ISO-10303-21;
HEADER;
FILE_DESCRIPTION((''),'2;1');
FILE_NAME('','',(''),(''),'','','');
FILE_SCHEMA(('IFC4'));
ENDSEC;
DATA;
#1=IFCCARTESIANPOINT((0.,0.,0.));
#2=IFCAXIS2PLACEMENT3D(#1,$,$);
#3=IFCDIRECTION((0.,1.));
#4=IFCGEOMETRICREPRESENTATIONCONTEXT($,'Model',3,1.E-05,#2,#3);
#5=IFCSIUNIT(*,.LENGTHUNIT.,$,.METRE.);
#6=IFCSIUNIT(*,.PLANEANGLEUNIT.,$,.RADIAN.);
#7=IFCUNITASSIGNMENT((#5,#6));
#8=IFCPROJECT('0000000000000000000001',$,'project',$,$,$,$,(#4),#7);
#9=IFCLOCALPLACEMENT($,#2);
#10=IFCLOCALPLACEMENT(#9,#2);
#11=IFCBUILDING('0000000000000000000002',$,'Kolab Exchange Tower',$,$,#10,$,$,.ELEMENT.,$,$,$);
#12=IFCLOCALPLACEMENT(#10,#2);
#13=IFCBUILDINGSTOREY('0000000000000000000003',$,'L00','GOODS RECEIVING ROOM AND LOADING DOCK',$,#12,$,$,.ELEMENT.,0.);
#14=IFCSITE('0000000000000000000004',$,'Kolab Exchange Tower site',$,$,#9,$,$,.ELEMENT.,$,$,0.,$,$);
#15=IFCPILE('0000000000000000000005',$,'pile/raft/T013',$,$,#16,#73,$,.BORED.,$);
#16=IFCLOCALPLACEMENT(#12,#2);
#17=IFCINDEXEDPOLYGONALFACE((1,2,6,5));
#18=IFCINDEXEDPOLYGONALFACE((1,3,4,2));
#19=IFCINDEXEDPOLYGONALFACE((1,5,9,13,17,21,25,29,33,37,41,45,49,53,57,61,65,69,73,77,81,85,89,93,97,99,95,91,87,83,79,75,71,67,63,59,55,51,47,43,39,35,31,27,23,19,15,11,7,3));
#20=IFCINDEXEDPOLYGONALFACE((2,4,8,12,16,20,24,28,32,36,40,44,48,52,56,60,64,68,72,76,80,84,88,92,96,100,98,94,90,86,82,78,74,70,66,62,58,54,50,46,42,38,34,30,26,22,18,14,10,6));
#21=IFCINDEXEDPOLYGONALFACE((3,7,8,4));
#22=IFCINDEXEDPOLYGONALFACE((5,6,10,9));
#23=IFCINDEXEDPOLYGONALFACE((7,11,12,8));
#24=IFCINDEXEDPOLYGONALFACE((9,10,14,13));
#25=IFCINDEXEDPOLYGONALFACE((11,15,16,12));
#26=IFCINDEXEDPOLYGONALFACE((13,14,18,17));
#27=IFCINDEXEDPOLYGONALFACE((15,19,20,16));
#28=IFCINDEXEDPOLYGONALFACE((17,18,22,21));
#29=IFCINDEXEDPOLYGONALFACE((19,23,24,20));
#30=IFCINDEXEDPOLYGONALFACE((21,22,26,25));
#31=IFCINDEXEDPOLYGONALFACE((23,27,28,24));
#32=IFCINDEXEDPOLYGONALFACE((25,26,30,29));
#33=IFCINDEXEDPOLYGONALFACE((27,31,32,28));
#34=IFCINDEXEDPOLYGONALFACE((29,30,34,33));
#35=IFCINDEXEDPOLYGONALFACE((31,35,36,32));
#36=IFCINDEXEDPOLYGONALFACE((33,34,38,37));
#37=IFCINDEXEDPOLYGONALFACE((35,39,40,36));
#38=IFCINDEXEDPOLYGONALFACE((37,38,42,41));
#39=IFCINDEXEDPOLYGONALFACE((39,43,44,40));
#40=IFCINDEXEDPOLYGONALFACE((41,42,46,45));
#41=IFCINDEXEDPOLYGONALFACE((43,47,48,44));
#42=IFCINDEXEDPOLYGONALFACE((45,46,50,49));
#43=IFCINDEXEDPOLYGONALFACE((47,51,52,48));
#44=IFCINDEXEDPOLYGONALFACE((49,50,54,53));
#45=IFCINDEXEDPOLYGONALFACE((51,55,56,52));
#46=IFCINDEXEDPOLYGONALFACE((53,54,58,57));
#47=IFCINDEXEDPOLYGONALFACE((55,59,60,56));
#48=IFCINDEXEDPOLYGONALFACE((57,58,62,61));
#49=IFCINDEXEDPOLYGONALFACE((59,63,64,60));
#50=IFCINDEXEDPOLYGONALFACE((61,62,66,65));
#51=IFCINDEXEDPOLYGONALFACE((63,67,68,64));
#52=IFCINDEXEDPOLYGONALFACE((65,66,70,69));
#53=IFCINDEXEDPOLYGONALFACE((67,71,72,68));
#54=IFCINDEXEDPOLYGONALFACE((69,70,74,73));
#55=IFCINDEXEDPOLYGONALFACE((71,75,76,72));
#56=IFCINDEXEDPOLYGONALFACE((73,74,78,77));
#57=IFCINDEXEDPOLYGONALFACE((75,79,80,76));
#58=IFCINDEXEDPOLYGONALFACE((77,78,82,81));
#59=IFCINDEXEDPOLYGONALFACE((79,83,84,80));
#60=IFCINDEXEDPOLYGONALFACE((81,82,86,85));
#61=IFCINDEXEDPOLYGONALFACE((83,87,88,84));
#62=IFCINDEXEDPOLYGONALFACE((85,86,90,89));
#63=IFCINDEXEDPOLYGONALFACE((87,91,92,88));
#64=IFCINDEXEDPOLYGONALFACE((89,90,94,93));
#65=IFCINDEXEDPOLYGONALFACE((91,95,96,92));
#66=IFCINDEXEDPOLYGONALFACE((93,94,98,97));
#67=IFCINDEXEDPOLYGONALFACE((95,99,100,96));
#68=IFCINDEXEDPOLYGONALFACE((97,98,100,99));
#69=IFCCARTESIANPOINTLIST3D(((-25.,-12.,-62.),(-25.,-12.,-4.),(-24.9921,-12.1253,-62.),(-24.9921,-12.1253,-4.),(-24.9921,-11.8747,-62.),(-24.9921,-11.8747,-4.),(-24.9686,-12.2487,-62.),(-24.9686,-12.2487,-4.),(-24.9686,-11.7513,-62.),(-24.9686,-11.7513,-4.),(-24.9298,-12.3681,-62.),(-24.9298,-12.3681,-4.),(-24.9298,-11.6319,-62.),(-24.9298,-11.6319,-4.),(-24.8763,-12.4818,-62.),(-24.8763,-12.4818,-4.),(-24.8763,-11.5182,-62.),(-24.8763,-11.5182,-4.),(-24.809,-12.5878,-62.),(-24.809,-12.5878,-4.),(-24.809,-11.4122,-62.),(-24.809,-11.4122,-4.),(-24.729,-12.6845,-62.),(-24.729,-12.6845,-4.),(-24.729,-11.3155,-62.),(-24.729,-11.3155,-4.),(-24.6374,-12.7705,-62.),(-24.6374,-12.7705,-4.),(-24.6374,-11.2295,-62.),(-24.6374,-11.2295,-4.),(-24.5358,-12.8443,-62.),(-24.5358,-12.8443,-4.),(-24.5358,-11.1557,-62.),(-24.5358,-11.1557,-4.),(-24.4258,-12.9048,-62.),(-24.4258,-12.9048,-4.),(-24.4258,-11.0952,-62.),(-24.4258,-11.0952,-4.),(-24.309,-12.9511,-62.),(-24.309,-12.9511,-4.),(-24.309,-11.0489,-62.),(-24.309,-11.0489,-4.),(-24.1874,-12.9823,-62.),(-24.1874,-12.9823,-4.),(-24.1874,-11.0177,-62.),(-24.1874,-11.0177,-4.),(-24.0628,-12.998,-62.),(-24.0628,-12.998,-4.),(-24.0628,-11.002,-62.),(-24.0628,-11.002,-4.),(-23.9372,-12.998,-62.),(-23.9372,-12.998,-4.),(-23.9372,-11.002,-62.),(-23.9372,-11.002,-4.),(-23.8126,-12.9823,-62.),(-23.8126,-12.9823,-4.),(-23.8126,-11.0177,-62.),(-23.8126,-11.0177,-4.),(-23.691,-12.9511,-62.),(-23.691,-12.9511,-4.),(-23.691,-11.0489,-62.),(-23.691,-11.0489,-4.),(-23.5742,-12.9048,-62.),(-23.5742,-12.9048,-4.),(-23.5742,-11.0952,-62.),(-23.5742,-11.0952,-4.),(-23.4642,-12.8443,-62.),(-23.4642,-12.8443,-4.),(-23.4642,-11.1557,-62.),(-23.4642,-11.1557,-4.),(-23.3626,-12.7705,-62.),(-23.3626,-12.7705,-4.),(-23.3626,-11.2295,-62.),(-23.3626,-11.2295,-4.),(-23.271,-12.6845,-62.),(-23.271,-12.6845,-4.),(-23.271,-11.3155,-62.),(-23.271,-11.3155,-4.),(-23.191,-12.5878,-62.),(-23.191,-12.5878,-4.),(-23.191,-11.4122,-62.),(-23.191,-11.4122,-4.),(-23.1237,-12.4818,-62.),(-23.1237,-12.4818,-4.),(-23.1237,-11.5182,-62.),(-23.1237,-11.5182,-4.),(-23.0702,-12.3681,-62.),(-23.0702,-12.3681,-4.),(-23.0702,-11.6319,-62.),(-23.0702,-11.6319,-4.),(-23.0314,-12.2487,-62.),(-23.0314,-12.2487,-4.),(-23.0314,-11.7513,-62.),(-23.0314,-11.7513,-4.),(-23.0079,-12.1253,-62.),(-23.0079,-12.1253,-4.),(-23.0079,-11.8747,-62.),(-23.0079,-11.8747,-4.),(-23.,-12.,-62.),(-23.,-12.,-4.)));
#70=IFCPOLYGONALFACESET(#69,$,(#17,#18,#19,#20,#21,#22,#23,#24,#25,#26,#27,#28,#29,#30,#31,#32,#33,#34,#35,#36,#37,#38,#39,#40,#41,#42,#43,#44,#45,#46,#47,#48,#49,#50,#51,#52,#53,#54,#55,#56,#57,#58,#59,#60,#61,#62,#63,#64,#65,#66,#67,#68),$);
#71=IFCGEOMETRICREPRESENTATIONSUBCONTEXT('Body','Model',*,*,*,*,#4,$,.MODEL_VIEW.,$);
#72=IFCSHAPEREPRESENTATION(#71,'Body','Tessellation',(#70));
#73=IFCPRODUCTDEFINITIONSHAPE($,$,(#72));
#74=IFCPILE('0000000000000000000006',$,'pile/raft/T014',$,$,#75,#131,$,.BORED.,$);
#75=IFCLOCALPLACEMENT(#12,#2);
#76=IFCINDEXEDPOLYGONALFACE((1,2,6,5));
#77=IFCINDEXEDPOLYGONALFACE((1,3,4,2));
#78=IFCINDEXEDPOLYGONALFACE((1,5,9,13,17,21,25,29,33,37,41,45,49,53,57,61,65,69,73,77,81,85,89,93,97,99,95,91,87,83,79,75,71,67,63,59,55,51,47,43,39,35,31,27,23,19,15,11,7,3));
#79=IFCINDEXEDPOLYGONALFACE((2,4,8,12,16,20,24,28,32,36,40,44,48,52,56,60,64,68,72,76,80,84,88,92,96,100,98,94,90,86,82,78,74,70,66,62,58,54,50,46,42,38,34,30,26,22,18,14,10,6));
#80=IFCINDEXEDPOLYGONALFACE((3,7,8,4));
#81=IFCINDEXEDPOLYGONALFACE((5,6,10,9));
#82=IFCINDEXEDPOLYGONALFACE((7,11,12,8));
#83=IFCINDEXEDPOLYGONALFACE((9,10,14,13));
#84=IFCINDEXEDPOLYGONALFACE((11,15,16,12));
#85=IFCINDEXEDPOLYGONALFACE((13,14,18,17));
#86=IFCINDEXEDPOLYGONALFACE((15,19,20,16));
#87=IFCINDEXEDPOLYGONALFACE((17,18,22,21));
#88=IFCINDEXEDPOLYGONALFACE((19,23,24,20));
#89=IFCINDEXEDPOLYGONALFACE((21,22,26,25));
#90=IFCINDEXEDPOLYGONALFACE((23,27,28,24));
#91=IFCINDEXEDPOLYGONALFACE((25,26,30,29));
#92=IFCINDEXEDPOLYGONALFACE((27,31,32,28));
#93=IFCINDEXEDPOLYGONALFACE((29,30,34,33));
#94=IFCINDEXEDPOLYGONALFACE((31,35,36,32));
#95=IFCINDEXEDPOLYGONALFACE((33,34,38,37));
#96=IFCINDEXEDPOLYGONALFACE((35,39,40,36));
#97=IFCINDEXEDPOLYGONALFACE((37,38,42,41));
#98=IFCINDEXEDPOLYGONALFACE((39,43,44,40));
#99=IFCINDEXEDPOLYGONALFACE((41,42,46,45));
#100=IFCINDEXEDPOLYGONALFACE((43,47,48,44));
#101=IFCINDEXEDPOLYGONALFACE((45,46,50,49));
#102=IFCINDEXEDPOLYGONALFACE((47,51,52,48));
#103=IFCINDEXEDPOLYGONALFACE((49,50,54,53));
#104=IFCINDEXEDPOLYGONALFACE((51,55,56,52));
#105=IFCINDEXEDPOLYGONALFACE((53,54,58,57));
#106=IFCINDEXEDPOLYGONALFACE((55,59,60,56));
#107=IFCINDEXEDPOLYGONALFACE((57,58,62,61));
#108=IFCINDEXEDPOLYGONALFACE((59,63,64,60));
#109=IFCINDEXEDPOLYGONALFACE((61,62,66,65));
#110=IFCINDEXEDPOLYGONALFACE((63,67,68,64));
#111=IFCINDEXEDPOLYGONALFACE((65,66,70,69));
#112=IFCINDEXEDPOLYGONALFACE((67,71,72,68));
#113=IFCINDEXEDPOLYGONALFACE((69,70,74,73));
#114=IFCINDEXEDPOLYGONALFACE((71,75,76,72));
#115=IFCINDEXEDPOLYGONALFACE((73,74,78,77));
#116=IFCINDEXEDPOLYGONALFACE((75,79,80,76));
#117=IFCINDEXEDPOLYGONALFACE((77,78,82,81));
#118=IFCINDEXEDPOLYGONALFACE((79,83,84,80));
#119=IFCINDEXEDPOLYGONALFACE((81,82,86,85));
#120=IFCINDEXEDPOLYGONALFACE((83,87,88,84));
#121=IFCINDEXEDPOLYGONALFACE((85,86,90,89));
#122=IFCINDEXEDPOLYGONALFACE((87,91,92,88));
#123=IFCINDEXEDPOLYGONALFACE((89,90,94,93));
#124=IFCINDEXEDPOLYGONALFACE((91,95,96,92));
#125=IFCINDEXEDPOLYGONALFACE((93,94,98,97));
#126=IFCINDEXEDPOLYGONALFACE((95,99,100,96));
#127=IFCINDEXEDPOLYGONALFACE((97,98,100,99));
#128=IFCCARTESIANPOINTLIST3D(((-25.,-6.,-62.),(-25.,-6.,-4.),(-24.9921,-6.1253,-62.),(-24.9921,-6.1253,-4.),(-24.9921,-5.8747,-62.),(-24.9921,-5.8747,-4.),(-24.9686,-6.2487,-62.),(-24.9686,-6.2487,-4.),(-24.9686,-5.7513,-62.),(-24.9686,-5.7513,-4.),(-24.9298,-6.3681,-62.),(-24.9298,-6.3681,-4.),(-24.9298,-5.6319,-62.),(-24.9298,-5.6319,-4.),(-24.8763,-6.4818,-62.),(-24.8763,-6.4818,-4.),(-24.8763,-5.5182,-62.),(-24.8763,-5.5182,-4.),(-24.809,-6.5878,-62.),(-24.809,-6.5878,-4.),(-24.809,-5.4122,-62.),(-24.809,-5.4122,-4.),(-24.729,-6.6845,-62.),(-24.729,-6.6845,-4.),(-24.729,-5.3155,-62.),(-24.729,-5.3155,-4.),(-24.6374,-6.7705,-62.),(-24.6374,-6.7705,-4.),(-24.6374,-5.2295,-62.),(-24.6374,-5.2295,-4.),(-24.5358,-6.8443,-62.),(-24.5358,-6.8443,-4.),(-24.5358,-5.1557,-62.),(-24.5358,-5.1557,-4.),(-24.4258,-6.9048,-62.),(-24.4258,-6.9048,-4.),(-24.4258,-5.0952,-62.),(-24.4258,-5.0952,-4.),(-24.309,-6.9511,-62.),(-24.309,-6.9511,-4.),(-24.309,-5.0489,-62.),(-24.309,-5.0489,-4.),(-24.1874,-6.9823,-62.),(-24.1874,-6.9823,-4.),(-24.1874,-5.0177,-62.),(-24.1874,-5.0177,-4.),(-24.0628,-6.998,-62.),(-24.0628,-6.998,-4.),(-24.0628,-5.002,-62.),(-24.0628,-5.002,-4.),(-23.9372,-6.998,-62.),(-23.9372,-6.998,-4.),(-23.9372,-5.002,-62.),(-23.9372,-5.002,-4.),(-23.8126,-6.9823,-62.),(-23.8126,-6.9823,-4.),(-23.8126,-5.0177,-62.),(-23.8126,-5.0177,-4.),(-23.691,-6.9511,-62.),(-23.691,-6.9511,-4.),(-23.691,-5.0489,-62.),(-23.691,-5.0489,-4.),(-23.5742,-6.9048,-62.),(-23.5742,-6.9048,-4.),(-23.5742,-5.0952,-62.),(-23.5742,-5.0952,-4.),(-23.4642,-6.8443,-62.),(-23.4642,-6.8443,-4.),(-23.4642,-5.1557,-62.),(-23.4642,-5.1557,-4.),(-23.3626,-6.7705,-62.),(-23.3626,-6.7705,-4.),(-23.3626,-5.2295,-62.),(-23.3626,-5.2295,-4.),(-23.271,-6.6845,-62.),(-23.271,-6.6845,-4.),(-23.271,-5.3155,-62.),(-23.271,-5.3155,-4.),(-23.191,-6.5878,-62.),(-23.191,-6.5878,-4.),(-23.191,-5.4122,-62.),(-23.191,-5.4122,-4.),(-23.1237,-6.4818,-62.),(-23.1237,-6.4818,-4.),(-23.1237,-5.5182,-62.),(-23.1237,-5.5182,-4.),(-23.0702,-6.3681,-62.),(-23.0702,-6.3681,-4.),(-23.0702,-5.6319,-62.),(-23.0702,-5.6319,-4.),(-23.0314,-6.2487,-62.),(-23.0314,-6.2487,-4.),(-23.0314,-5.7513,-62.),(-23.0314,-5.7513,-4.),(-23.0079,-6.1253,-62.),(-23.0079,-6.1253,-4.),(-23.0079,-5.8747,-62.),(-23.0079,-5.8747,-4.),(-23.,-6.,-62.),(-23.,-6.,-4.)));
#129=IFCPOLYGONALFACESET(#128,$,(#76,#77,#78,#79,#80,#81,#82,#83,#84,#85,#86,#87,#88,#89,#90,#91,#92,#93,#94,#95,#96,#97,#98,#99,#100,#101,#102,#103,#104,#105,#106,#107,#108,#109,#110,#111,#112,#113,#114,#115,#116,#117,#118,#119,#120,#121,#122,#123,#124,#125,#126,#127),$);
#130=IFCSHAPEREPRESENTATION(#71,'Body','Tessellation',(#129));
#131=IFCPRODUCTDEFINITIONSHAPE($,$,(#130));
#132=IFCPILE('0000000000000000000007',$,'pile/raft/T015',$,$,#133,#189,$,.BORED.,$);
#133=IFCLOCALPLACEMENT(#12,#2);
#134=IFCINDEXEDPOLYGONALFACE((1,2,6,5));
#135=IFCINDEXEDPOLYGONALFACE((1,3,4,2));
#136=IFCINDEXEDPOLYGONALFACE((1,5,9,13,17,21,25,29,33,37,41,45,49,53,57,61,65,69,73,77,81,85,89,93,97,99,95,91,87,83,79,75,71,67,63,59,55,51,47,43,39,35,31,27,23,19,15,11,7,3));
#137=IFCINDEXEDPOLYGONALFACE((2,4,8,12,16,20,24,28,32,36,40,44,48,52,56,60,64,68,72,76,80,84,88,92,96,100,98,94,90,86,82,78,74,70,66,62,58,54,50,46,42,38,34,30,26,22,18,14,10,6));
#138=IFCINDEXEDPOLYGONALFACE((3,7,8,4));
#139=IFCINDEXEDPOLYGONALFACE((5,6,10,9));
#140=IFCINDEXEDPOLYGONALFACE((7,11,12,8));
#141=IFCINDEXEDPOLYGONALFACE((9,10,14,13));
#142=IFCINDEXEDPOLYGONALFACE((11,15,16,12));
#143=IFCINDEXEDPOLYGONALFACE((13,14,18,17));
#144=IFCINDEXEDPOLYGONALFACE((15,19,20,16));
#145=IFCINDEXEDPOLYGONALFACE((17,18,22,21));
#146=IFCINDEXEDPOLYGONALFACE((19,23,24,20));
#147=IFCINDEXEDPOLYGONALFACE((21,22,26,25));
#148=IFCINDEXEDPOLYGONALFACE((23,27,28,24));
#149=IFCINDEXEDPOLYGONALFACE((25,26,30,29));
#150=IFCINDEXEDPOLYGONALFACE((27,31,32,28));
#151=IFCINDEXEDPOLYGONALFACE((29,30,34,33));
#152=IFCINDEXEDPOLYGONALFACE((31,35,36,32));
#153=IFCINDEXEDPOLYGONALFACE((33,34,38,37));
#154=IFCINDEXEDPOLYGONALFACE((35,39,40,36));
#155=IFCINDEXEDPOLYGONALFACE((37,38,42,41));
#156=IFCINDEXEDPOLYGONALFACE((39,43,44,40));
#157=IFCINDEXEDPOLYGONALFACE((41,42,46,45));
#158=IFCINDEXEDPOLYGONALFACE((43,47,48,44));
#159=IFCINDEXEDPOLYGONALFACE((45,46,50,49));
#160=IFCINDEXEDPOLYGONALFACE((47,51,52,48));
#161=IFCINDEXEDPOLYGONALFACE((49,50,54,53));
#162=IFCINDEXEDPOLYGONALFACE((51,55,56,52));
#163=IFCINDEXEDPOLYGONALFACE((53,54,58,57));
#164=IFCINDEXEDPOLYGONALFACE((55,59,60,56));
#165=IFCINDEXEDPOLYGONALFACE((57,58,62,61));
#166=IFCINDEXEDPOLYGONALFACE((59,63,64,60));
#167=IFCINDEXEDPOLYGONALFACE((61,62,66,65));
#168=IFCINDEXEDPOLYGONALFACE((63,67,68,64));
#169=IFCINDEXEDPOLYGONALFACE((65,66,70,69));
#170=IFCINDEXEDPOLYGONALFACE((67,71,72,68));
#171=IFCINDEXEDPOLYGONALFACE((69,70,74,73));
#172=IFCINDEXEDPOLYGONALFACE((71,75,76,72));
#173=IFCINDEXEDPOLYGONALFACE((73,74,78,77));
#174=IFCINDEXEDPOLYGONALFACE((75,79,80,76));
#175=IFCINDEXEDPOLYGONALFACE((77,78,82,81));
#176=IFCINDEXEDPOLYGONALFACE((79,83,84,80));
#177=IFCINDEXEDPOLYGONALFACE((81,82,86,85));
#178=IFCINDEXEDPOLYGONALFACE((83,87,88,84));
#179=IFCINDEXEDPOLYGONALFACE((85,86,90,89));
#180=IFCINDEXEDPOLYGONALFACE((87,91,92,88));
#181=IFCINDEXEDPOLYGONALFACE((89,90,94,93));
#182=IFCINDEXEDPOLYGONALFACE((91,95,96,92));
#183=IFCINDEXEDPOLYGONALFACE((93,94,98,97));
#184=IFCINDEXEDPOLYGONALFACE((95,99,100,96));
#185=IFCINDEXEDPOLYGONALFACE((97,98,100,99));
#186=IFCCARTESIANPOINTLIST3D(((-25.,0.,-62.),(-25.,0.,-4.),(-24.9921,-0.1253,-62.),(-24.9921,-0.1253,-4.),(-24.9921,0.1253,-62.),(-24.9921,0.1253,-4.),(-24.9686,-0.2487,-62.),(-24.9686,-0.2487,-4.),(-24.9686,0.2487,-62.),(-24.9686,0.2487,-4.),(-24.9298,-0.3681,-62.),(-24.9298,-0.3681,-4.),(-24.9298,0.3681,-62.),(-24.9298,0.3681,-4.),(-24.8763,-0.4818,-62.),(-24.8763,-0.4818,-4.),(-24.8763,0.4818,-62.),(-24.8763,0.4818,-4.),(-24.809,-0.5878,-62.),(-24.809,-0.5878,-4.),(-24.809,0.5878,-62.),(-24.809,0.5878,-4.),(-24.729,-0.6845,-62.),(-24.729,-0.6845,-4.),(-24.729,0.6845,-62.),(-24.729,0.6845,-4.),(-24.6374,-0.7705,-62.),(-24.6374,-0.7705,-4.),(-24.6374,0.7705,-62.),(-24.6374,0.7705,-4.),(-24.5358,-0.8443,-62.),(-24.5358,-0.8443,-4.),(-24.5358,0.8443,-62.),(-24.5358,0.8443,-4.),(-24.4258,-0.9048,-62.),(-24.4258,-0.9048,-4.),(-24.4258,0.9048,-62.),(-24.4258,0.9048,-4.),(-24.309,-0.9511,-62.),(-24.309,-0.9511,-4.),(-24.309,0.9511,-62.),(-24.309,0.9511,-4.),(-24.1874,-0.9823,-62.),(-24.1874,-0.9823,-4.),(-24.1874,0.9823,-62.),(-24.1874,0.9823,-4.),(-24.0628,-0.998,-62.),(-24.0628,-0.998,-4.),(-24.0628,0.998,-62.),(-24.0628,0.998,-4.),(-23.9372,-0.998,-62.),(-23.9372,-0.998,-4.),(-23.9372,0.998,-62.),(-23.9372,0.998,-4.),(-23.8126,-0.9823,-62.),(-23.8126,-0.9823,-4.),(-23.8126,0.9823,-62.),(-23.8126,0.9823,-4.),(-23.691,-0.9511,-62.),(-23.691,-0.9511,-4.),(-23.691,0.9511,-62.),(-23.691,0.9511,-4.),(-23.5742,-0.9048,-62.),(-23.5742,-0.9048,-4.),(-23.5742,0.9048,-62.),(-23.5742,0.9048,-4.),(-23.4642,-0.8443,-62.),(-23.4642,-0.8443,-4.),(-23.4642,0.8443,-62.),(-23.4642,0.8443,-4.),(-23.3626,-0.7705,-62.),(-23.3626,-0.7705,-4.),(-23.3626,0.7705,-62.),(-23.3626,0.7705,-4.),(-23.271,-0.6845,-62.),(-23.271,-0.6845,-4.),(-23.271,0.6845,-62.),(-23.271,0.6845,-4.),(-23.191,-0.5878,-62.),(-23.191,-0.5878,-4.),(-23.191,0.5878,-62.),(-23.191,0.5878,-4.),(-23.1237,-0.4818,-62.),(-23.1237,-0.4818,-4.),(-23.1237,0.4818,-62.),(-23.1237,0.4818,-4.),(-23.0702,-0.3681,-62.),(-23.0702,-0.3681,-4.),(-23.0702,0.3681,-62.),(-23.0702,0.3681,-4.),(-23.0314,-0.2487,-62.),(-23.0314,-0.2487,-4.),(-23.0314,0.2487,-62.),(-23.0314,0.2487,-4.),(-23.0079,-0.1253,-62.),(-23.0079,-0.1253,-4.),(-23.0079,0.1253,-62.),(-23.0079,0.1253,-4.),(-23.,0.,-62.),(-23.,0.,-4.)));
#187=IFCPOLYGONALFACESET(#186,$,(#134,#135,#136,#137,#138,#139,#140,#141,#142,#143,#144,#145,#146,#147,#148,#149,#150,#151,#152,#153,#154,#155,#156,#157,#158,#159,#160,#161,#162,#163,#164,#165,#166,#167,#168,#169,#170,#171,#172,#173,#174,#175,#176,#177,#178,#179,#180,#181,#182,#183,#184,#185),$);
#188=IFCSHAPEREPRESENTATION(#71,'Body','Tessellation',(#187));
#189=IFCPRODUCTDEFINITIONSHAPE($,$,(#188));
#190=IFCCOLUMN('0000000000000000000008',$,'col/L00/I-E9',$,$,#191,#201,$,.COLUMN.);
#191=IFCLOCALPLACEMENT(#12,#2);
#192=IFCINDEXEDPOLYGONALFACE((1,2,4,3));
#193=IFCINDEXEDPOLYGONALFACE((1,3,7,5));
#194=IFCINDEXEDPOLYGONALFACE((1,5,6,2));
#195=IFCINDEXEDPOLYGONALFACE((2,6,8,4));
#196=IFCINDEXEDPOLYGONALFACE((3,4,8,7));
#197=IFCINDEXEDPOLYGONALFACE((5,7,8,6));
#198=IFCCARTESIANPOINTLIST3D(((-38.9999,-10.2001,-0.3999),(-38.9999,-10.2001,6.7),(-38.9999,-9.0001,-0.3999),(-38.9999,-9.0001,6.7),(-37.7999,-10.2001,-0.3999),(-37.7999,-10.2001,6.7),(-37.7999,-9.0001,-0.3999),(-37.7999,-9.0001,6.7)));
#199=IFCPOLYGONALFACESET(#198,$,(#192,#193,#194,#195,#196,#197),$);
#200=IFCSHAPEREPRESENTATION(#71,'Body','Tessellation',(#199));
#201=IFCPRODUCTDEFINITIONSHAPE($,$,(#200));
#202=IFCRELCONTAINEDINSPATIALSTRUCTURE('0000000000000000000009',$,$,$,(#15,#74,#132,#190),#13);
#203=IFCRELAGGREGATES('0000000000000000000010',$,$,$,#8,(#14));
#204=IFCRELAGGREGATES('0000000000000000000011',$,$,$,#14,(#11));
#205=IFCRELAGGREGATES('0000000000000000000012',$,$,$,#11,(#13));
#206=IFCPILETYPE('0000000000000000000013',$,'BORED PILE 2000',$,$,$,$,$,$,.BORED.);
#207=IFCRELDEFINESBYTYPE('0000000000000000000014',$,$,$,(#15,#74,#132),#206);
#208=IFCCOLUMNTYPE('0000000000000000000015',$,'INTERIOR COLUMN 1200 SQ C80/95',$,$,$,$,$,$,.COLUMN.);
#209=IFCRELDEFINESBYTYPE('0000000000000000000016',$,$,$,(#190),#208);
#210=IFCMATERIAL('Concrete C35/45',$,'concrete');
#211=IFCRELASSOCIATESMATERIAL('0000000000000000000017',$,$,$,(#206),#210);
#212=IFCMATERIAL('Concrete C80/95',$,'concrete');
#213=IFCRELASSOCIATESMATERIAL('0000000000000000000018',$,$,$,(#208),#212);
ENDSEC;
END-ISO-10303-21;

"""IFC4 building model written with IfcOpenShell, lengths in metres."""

from ifc_helpers import new_model, si_unit, direction, frame, origin, origin_2d, place, context, subcontext, project, spatial, rectangle, circle, extrude, material, material_profile, profile_set, type_object, element, save


model = new_model("IFC4")

# Units and contexts
model_context = context("Model", 3, precision=1e-05, world=origin(), true_north=direction((0.0, 1.0)))
body_context = subcontext(model_context, "Body", "Model", "MODEL_VIEW")
ifc_project = project(units=[si_unit("LENGTHUNIT", "METRE"), si_unit("PLANEANGLEUNIT", "RADIAN")], contexts=[model_context])

# Site, building, storey
site_placement = place(None, origin())
site = spatial("IfcSite", under=ifc_project, at=site_placement, Name="Kolab Exchange Tower site", CompositionType="ELEMENT", RefElevation=0.0)
building_placement = place(site_placement, origin())
building = spatial("IfcBuilding", under=site, at=building_placement, Name="Kolab Exchange Tower", CompositionType="ELEMENT")
storey_placement = place(building_placement, origin())
storey = spatial("IfcBuildingStorey", under=building, at=storey_placement, Name="L00", Description="GOODS RECEIVING ROOM AND LOADING DOCK", CompositionType="ELEMENT", Elevation=0.0)

# Piles
ifc_material_1 = material(Name="Concrete C35/45", Category="concrete")
ifc_material_profile_1 = material_profile(ifc_material_1, circle(Radius=1.0, at=origin_2d()), Name="BP2000")
ifc_profile_set_1 = profile_set([ifc_material_profile_1], Name="Concrete C35/45")
pile_type_1 = type_object("IfcPileType", Name="BORED PILE 2000", PredefinedType="BORED", material=ifc_profile_set_1)
for number, where, z_axis, x_axis, name in (
    (1, (-24.0, -12.0, -4.0), (0.0, 0.0, -1.0), (1.0, 0.0, 0.0), "pile/raft/T013"),
    (2, (-24.0, -6.0, -4.0), (0.0, 0.0, -1.0), (1.0, 0.0, 0.0), "pile/raft/T014"),
    (3, (-24.0, 0.0, -4.0), (0.0, 0.0, -1.0), (1.0, 0.0, 0.0), "pile/raft/T015"),
):
    element("IfcPile", number, at=place(storey_placement, frame(where, z_axis=z_axis, x_axis=x_axis)), inside=storey, type_object=pile_type_1, Name=name, PredefinedType="BORED", context=body_context, shape_type="SweptSolid", body=[
        extrude(circle(Radius=1.0, at=origin_2d()), origin(), (0.0, 0.0, 1.0), 58.0),
    ])

# Column
ifc_material_2 = material(Name="Concrete C80/95", Category="concrete")
ifc_material_profile_2 = material_profile(ifc_material_2, rectangle(XDim=1.2, YDim=1.2, at=origin_2d()), Name="RC1200")
ifc_profile_set_2 = profile_set([ifc_material_profile_2], Name="Concrete C80/95")
column_type_1 = type_object("IfcColumnType", Name="INTERIOR COLUMN 1200 SQ C80/95", PredefinedType="COLUMN", material=ifc_profile_set_2)
for number, where, z_axis, x_axis, name in (
    (4, (-38.3999, -9.6001, -0.3999), (0.0, 0.0, 1.0), (1.0, 0.0, 0.0), "col/L00/I-E9"),
):
    element("IfcColumn", number, at=place(storey_placement, frame(where, z_axis=z_axis, x_axis=x_axis)), inside=storey, type_object=column_type_1, Name=name, PredefinedType="COLUMN", context=body_context, shape_type="SweptSolid", body=[
        extrude(rectangle(XDim=1.2, YDim=1.2, at=origin_2d()), origin(), (0.0, 0.0, 1.0), 7.0999),
    ])

save(model, "model.ifc")
